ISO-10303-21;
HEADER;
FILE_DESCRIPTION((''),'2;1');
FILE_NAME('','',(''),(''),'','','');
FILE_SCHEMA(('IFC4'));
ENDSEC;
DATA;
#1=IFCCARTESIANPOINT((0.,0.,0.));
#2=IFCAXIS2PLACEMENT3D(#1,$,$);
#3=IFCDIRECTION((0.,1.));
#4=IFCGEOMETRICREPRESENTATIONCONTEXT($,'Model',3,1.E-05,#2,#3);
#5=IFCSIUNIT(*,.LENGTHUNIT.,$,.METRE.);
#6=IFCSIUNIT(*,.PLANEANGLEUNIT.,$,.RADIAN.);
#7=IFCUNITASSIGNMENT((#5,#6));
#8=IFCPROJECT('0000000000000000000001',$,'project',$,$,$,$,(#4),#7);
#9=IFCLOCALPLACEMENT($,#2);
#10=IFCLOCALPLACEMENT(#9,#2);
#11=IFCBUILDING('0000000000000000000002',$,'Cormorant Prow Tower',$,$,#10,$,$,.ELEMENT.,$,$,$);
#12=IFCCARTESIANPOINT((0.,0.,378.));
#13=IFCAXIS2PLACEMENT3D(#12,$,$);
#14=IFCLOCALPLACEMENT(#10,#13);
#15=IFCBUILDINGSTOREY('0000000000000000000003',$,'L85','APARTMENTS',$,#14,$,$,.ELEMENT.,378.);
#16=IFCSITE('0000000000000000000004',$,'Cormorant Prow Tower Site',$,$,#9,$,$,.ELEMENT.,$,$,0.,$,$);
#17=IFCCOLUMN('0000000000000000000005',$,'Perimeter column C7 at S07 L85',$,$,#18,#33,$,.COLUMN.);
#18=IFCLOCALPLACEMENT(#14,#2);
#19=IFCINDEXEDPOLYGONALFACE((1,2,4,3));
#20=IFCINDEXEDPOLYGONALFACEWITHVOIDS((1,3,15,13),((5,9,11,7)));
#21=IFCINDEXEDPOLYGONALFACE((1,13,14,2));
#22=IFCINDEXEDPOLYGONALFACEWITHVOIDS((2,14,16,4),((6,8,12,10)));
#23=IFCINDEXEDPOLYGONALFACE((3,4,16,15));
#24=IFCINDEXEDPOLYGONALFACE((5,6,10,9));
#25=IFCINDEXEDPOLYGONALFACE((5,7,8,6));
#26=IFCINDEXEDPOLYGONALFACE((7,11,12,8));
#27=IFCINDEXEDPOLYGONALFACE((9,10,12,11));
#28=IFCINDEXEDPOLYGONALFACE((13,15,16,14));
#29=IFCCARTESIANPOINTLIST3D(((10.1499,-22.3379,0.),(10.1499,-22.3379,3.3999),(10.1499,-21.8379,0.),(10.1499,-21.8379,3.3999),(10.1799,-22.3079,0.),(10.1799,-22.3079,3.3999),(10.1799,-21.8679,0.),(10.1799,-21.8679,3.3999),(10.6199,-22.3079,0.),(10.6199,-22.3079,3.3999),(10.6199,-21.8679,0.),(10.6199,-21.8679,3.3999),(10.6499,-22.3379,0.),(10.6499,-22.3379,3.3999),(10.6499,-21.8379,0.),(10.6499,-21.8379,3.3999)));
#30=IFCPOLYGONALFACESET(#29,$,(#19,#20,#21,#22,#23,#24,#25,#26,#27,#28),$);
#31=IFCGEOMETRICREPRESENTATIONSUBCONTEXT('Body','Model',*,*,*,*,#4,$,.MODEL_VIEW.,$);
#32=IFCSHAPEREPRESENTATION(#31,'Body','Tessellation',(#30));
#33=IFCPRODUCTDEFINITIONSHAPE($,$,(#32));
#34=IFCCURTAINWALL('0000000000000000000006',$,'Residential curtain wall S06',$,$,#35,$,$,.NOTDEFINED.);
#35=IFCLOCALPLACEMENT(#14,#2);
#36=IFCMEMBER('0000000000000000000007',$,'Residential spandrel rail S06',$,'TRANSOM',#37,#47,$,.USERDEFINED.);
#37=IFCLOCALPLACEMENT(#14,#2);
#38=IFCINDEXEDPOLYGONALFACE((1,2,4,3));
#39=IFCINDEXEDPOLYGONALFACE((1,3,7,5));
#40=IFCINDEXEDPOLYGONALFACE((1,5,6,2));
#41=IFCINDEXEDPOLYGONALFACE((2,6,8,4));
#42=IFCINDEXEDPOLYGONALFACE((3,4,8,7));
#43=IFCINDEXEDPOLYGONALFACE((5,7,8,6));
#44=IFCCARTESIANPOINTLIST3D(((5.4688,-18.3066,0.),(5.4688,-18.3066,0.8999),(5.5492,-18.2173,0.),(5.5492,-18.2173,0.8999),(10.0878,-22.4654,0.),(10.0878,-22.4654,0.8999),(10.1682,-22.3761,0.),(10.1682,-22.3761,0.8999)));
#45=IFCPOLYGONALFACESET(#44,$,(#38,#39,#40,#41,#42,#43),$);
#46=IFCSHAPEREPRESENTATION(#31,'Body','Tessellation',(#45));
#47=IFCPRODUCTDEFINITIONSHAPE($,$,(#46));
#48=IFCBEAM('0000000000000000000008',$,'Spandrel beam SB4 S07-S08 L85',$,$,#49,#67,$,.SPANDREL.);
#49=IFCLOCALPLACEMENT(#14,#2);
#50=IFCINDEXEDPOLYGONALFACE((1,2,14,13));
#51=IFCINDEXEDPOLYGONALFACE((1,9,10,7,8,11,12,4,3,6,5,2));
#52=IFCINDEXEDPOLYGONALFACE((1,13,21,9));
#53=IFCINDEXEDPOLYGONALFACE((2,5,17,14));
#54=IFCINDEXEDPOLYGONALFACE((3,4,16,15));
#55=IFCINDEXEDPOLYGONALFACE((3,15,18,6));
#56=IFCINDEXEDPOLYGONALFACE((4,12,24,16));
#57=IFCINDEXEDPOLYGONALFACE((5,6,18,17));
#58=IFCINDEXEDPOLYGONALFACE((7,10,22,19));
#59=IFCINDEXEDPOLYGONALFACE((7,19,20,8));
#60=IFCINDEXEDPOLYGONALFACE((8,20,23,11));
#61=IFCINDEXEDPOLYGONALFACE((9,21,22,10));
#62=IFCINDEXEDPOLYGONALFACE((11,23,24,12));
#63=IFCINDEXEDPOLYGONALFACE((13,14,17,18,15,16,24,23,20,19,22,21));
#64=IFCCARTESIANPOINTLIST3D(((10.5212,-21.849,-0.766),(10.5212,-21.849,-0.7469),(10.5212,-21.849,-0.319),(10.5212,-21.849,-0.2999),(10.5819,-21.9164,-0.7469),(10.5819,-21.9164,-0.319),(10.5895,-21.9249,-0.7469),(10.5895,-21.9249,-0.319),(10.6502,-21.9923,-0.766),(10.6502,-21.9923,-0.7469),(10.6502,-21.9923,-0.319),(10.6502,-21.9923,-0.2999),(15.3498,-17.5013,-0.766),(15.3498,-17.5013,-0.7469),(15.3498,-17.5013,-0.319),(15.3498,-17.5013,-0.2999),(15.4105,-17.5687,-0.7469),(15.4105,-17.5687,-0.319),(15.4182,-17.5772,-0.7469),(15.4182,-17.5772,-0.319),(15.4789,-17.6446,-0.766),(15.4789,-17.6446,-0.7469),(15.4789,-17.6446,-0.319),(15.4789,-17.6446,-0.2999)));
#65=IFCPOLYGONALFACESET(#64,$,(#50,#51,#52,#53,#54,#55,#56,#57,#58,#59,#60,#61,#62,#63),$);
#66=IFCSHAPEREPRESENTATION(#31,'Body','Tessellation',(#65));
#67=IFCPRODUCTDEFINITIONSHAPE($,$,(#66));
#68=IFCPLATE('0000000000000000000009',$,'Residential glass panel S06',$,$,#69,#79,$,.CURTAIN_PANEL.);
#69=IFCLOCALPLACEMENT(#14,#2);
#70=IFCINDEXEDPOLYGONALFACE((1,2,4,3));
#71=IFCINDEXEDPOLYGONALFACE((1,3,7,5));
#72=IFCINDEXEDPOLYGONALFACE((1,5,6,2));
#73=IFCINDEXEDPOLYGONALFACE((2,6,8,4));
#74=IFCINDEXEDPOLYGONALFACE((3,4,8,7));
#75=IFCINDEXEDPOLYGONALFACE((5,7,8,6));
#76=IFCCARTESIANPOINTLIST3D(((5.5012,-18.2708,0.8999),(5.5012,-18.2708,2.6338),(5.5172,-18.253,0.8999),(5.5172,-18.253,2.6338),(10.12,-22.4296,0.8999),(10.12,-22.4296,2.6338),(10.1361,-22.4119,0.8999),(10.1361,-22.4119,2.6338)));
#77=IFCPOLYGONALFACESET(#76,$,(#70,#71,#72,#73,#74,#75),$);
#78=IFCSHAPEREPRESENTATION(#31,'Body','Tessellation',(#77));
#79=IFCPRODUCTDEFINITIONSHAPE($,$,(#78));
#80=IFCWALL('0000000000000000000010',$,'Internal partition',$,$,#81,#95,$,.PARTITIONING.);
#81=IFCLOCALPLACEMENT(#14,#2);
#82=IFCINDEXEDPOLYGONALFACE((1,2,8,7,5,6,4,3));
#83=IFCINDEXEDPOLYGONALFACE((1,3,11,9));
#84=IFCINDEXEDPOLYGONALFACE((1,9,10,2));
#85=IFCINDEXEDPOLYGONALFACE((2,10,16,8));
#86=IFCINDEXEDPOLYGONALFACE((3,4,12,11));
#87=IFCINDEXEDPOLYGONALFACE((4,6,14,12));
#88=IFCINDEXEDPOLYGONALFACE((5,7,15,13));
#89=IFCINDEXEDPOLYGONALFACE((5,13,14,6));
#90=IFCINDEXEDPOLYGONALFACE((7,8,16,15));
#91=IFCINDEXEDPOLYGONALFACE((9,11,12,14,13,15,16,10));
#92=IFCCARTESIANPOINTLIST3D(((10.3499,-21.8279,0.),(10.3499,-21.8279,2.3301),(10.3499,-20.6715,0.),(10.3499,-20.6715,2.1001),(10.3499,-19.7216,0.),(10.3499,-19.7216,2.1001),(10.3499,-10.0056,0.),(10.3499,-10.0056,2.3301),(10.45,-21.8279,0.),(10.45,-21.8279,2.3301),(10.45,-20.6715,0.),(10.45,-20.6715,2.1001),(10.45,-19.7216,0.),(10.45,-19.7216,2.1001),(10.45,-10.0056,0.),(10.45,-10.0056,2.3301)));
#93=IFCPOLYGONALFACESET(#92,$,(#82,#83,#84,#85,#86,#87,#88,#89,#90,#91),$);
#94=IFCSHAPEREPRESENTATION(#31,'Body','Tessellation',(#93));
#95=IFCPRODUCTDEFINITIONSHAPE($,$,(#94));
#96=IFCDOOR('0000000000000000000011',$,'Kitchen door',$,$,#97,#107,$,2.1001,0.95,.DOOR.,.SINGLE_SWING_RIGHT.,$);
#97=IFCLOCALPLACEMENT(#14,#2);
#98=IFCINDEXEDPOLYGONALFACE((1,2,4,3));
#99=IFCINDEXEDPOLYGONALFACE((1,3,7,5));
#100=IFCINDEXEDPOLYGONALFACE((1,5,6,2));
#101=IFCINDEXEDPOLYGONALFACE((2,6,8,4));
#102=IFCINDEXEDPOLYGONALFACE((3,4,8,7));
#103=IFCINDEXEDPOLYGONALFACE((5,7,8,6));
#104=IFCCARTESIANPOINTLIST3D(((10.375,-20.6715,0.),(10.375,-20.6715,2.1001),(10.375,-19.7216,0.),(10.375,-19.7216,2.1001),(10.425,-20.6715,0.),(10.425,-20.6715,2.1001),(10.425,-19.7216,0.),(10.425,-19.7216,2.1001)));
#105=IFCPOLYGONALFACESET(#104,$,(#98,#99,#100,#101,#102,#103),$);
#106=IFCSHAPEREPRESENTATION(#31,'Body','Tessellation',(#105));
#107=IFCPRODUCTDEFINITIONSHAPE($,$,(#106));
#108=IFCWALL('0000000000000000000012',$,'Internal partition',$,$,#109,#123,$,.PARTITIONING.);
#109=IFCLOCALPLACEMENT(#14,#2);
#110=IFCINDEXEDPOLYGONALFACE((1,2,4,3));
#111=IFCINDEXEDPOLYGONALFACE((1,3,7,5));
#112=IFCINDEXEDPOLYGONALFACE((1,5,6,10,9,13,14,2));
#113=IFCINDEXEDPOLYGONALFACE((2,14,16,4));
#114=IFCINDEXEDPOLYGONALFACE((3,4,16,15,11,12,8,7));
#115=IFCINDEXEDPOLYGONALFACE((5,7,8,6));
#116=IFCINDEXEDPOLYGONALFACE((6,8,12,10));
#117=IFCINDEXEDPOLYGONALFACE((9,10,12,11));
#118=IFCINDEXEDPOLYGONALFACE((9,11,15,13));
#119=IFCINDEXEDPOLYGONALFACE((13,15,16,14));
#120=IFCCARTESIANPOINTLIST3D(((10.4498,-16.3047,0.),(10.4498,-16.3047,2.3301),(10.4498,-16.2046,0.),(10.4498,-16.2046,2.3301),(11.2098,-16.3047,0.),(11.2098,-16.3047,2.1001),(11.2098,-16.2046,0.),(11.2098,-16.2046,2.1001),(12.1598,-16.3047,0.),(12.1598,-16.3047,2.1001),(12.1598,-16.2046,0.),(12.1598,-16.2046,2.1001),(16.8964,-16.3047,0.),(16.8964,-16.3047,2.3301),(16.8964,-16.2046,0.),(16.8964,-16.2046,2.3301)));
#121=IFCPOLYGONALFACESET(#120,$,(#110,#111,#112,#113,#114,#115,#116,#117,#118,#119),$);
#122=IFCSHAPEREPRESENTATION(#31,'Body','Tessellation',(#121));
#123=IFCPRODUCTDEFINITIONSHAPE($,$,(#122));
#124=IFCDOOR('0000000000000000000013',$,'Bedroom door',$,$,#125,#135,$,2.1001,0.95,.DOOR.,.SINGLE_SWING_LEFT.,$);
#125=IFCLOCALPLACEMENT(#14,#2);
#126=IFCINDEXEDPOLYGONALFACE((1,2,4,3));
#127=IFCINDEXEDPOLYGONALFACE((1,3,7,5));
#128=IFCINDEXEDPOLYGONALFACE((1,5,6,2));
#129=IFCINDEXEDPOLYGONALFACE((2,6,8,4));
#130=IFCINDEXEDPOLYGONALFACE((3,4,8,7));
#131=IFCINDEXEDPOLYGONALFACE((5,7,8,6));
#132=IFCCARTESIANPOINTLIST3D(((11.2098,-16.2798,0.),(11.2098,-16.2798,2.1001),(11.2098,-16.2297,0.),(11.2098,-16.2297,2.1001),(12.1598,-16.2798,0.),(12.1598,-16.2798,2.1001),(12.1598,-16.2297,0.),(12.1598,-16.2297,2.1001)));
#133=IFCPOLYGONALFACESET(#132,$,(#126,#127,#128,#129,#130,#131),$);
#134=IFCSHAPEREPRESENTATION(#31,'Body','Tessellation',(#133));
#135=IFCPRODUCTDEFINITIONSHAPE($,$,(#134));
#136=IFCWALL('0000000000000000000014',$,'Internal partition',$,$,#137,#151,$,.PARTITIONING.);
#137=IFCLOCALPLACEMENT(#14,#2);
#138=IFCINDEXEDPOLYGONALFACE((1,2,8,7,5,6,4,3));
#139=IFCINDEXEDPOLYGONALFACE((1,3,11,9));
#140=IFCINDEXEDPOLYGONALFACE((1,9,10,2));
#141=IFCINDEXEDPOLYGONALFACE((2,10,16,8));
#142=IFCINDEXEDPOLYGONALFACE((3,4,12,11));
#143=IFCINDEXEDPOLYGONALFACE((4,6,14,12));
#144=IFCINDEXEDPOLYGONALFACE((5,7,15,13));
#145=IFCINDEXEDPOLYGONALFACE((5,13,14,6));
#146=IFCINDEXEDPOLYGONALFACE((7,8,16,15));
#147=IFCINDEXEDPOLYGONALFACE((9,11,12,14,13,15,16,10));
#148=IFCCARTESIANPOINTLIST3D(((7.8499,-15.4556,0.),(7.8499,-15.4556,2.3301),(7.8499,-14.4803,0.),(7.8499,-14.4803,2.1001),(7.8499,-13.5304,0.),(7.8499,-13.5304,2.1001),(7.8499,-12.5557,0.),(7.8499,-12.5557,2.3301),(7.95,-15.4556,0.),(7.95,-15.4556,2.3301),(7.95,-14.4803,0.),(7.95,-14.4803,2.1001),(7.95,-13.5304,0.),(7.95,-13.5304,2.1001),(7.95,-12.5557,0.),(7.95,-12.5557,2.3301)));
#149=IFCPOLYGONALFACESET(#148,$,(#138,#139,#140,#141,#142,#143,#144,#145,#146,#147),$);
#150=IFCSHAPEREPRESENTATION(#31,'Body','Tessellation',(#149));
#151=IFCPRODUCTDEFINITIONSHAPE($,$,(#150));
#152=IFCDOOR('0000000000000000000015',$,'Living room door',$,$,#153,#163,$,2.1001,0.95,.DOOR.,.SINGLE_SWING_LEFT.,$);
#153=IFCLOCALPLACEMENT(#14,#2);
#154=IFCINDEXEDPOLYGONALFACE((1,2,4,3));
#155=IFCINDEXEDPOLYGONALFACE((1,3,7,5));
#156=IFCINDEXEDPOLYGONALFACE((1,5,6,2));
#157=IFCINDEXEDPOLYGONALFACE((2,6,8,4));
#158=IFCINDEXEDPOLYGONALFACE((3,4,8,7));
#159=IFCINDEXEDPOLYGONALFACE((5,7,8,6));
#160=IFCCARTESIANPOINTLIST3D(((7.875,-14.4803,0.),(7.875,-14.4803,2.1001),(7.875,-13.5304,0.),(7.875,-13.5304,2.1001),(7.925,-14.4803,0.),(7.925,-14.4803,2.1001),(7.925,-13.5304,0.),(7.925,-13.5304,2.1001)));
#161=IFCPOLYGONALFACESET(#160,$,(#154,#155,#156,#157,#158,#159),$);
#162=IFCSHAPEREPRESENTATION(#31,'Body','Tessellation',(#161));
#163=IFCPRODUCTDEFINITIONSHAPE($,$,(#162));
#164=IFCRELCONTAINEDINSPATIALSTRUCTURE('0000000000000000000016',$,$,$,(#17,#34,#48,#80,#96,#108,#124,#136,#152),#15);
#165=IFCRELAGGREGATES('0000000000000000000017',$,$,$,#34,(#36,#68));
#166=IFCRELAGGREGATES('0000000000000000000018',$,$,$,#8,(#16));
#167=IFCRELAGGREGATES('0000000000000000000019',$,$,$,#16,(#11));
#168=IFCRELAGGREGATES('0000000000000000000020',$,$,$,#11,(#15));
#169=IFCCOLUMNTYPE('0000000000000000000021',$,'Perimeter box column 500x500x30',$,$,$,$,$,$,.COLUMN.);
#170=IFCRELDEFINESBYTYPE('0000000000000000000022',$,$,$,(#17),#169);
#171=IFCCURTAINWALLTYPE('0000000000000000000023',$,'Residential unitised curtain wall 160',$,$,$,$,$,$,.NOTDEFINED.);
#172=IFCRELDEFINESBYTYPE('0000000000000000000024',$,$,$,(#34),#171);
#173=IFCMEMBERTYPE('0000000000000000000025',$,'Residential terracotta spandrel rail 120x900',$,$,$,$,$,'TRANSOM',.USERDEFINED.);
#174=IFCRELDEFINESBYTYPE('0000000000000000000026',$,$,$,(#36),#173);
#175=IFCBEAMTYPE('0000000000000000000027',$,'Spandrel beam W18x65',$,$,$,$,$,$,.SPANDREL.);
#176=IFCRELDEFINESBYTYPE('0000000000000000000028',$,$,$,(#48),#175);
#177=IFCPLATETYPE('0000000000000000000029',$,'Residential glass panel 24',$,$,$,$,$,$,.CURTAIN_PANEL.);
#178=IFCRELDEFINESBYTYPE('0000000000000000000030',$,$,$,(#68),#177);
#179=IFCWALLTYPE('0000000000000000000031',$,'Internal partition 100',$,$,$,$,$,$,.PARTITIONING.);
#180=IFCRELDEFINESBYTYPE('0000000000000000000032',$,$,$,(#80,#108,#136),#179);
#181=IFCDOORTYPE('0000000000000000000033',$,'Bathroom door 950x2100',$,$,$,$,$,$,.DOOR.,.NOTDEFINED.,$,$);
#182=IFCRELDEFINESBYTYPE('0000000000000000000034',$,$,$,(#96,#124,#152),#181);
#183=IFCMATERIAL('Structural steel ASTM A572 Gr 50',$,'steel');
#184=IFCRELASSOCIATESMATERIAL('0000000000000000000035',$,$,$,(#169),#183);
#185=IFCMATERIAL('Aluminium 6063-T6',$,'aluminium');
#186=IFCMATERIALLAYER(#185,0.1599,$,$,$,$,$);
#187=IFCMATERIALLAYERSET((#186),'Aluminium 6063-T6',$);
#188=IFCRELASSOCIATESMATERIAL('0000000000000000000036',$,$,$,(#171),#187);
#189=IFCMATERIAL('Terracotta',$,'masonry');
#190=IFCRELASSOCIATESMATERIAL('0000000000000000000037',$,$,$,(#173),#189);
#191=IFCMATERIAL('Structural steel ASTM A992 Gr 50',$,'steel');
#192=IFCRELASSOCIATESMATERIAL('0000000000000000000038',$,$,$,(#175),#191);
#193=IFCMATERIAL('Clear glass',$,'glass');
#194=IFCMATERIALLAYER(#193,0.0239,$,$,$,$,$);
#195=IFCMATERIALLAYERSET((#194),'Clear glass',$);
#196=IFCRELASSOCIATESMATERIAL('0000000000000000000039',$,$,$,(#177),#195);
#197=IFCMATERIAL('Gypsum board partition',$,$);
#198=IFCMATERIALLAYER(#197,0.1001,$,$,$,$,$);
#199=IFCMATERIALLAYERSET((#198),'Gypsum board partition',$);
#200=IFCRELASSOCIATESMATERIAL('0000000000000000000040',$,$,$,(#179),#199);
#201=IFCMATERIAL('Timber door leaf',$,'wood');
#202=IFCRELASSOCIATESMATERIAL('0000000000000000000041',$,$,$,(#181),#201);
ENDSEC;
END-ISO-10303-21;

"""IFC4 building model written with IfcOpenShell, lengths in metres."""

from ifc_helpers import new_model, si_unit, direction, frame, frame_2d, origin, origin_2d, place, context, subcontext, project, spatial, rectangle, hollow_rectangle, i_section, extrude, material, layer, layer_set, material_profile, profile_set, type_object, element, fill, aggregate, save


model = new_model("IFC4")

# Units and contexts
model_context = context("Model", 3, precision=1e-05, world=origin(), true_north=direction((0.0, 1.0)))
body_context = subcontext(model_context, "Body", "Model", "MODEL_VIEW")
ifc_project = project(units=[si_unit("LENGTHUNIT", "METRE"), si_unit("PLANEANGLEUNIT", "RADIAN")], contexts=[model_context])

# Site, building, storey
site_placement = place(None, origin())
site = spatial("IfcSite", under=ifc_project, at=site_placement, Name="Cormorant Prow Tower Site", CompositionType="ELEMENT", RefElevation=0.0)
building_placement = place(site_placement, origin())
building = spatial("IfcBuilding", under=site, at=building_placement, Name="Cormorant Prow Tower", CompositionType="ELEMENT")
storey_placement = place(building_placement, frame((0.0, 0.0, 378.0)))
storey = spatial("IfcBuildingStorey", under=building, at=storey_placement, Name="L85", Description="APARTMENTS", CompositionType="ELEMENT", Elevation=378.0)

# Column
ifc_material_1 = material(Name="Structural steel ASTM A572 Gr 50", Category="steel")
ifc_material_profile_1 = material_profile(ifc_material_1, hollow_rectangle(XDim=0.5, YDim=0.5, WallThickness=0.03, at=origin_2d()), Name="Box 500x500x30")
ifc_profile_set_1 = profile_set([ifc_material_profile_1], Name="Structural steel ASTM A572 Gr 50")
column_type = type_object("IfcColumnType", Name="Perimeter box column 500x500x30", PredefinedType="COLUMN", material=ifc_profile_set_1)
column_placement = place(storey_placement, frame((10.3999, -22.0879, 0.0), z_axis=(0.0, 0.0, 1.0), x_axis=(1.0, 0.0, 0.0)))
element("IfcColumn", 1, at=column_placement, inside=storey, type_object=column_type, Name="Perimeter column C7 at S07 L85", PredefinedType="COLUMN", context=body_context, shape_type="SweptSolid", body=[
    extrude(hollow_rectangle(XDim=0.5, YDim=0.5, WallThickness=0.03, at=origin_2d()), origin(), (0.0, 0.0, 1.0), 3.3999),
])

# Curtain wall, member
ifc_material_2 = material(Name="Aluminium 6063-T6", Category="aluminium")
ifc_layer_1 = layer(ifc_material_2, 0.1599)
ifc_layer_set_1 = layer_set([ifc_layer_1], Name="Aluminium 6063-T6")
curtain_wall_type = type_object("IfcCurtainWallType", Name="Residential unitised curtain wall 160", PredefinedType="NOTDEFINED", material=ifc_layer_set_1)
curtain_wall_placement = place(storey_placement, origin())
curtain_wall = element("IfcCurtainWall", 2, at=curtain_wall_placement, inside=storey, type_object=curtain_wall_type, Name="Residential curtain wall S06", PredefinedType="NOTDEFINED")
ifc_material_3 = material(Name="Terracotta", Category="masonry")
ifc_material_profile_2 = material_profile(ifc_material_3, rectangle(XDim=0.1201, YDim=0.8999, at=origin_2d()), Name="Residential terracotta spandrel rail 120x900")
ifc_profile_set_2 = profile_set([ifc_material_profile_2], Name="Terracotta")
member_type = type_object("IfcMemberType", Name="Residential terracotta spandrel rail 120x900", ElementType="TRANSOM", PredefinedType="USERDEFINED", material=ifc_profile_set_2)
member_placement = place(storey_placement, frame((5.509, -18.262, 0.45), z_axis=(0.743159, -0.669114, 0.0), x_axis=(0.669114, 0.743159, 0.0)))
member = element("IfcMember", 3, at=member_placement, type_object=member_type, Name="Residential spandrel rail S06", ObjectType="TRANSOM", PredefinedType="USERDEFINED", context=body_context, shape_type="SweptSolid", body=[
    extrude(rectangle(XDim=0.1201, YDim=0.8999, at=origin_2d()), origin(), (0.0, 0.0, 1.0), 6.2153),
])

# Beam
ifc_material_4 = material(Name="Structural steel ASTM A992 Gr 50", Category="steel")
ifc_material_profile_3 = material_profile(ifc_material_4, i_section(OverallWidth=0.1929, OverallDepth=0.4661, WebThickness=0.0115, FlangeThickness=0.019, at=origin_2d()), Name="W18x65")
ifc_profile_set_3 = profile_set([ifc_material_profile_3], Name="Structural steel ASTM A992 Gr 50")
beam_type = type_object("IfcBeamType", Name="Spandrel beam W18x65", PredefinedType="SPANDREL", material=ifc_profile_set_3)
beam_placement = place(storey_placement, frame((10.5857, -21.9207, -0.533), z_axis=(0.743148, 0.669127, 0.0), x_axis=(-0.669127, 0.743148, 0.0)))
element("IfcBeam", 4, at=beam_placement, inside=storey, type_object=beam_type, Name="Spandrel beam SB4 S07-S08 L85", PredefinedType="SPANDREL", context=body_context, shape_type="SweptSolid", body=[
    extrude(i_section(OverallWidth=0.1929, OverallDepth=0.4661, WebThickness=0.0115, FlangeThickness=0.019, at=origin_2d()), origin(), (0.0, 0.0, 1.0), 6.4976),
])

# Plate
ifc_material_5 = material(Name="Clear glass", Category="glass")
ifc_layer_2 = layer(ifc_material_5, 0.0239)
ifc_layer_set_2 = layer_set([ifc_layer_2], Name="Clear glass")
plate_type = type_object("IfcPlateType", Name="Residential glass panel 24", PredefinedType="CURTAIN_PANEL", material=ifc_layer_set_2)
plate_placement = place(storey_placement, frame((7.8186, -20.3413, 0.8999), z_axis=(0.0, 0.0, 1.0), x_axis=(0.743145, -0.669131, 0.0)))
plate = element("IfcPlate", 5, at=plate_placement, type_object=plate_type, Name="Residential glass panel S06", PredefinedType="CURTAIN_PANEL", context=body_context, shape_type="SweptSolid", body=[
    extrude(rectangle(XDim=6.2153, YDim=0.0239, at=origin_2d()), origin(), (0.0, 0.0, 1.0), 1.7339),
])
aggregate(curtain_wall, [member, plate])

# Walls, openings, doors
ifc_material_6 = material(Name="Gypsum board partition")
ifc_layer_3 = layer(ifc_material_6, 0.1001)
ifc_layer_set_3 = layer_set([ifc_layer_3], Name="Gypsum board partition")
wall_type_1 = type_object("IfcWallType", Name="Internal partition 100", PredefinedType="PARTITIONING", material=ifc_layer_set_3)
wall_1_placement = place(storey_placement, frame((10.3999, -21.8279, 0.0), z_axis=(0.0, 0.0, 1.0), x_axis=(0.0, 1.0, 0.0)))
wall_1 = element("IfcWall", 6, at=wall_1_placement, inside=storey, type_object=wall_type_1, Name="Internal partition", PredefinedType="PARTITIONING", context=body_context, shape_type="SweptSolid", body=[
    extrude(rectangle(XDim=11.8223, YDim=0.1001, at=frame_2d((5.9111, 0.0))), origin(), (0.0, 0.0, 1.0), 2.3301),
])
opening_1_placement = place(wall_1_placement, frame((1.1562, 0.0, 0.0)))
opening_1 = element("IfcOpeningElement", 7, at=opening_1_placement, cuts=wall_1, PredefinedType="OPENING", context=body_context, shape_type="SweptSolid", body=[
    extrude(rectangle(XDim=0.95, YDim=2.1001, at=frame_2d((0.4751, 1.05))), frame((0.0, 0.0601, 0.0), z_axis=(0.0, -1.0, 0.0), x_axis=(1.0, 0.0, 0.0)), (0.0, 0.0, 1.0), 0.1201),
])
ifc_material_7 = material(Name="Timber door leaf", Category="wood")
door_type_1 = type_object("IfcDoorType", Name="Bathroom door 950x2100", OperationType="NOTDEFINED", PredefinedType="DOOR", material=ifc_material_7)
door_1_placement = place(opening_1_placement, origin())
door_1 = element("IfcDoor", 8, at=door_1_placement, inside=storey, type_object=door_type_1, Name="Kitchen door", OperationType="SINGLE_SWING_RIGHT", OverallHeight=2.1001, OverallWidth=0.95, PredefinedType="DOOR", context=body_context, shape_type="SweptSolid", body=[
    extrude(rectangle(XDim=0.95, YDim=2.1001, at=frame_2d((0.4751, 1.05))), frame((0.0, 0.0249, 0.0), z_axis=(0.0, -1.0, 0.0), x_axis=(1.0, 0.0, 0.0)), (0.0, 0.0, 1.0), 0.05),
])
fill(opening_1, door_1)
wall_2_placement = place(storey_placement, frame((10.45, -16.2546, 0.0), z_axis=(0.0, 0.0, 1.0), x_axis=(1.0, 0.0, 0.0)))
wall_2 = element("IfcWall", 9, at=wall_2_placement, inside=storey, type_object=wall_type_1, Name="Internal partition", PredefinedType="PARTITIONING", context=body_context, shape_type="SweptSolid", body=[
    extrude(rectangle(XDim=6.4465, YDim=0.1001, at=frame_2d((3.2231, 0.0))), origin(), (0.0, 0.0, 1.0), 2.3301),
])
opening_2_placement = place(wall_2_placement, frame((0.7598, 0.0, 0.0)))
opening_2 = element("IfcOpeningElement", 10, at=opening_2_placement, cuts=wall_2, PredefinedType="OPENING", context=body_context, shape_type="SweptSolid", body=[
    extrude(rectangle(XDim=0.95, YDim=2.1001, at=frame_2d((0.4751, 1.05))), frame((0.0, 0.0601, 0.0), z_axis=(0.0, -1.0, 0.0), x_axis=(1.0, 0.0, 0.0)), (0.0, 0.0, 1.0), 0.1201),
])
door_2_placement = place(opening_2_placement, origin())
door_2 = element("IfcDoor", 11, at=door_2_placement, inside=storey, type_object=door_type_1, Name="Bedroom door", OperationType="SINGLE_SWING_LEFT", OverallHeight=2.1001, OverallWidth=0.95, PredefinedType="DOOR", context=body_context, shape_type="SweptSolid", body=[
    extrude(rectangle(XDim=0.95, YDim=2.1001, at=frame_2d((0.4751, 1.05))), frame((0.0, 0.0249, 0.0), z_axis=(0.0, -1.0, 0.0), x_axis=(1.0, 0.0, 0.0)), (0.0, 0.0, 1.0), 0.05),
])
fill(opening_2, door_2)
wall_3_placement = place(storey_placement, frame((7.8999, -15.4556, 0.0), z_axis=(0.0, 0.0, 1.0), x_axis=(0.0, 1.0, 0.0)))
wall_3 = element("IfcWall", 12, at=wall_3_placement, inside=storey, type_object=wall_type_1, Name="Internal partition", PredefinedType="PARTITIONING", context=body_context, shape_type="SweptSolid", body=[
    extrude(rectangle(XDim=2.8999, YDim=0.1001, at=frame_2d((1.45, 0.0))), origin(), (0.0, 0.0, 1.0), 2.3301),
])
opening_3_placement = place(wall_3_placement, frame((0.9751, 0.0, 0.0)))
opening_3 = element("IfcOpeningElement", 13, at=opening_3_placement, cuts=wall_3, PredefinedType="OPENING", context=body_context, shape_type="SweptSolid", body=[
    extrude(rectangle(XDim=0.95, YDim=2.1001, at=frame_2d((0.4751, 1.05))), frame((0.0, 0.0601, 0.0), z_axis=(0.0, -1.0, 0.0), x_axis=(1.0, 0.0, 0.0)), (0.0, 0.0, 1.0), 0.1201),
])
door_3_placement = place(opening_3_placement, origin())
door_3 = element("IfcDoor", 14, at=door_3_placement, inside=storey, type_object=door_type_1, Name="Living room door", OperationType="SINGLE_SWING_LEFT", OverallHeight=2.1001, OverallWidth=0.95, PredefinedType="DOOR", context=body_context, shape_type="SweptSolid", body=[
    extrude(rectangle(XDim=0.95, YDim=2.1001, at=frame_2d((0.4751, 1.05))), frame((0.0, 0.0249, 0.0), z_axis=(0.0, -1.0, 0.0), x_axis=(1.0, 0.0, 0.0)), (0.0, 0.0, 1.0), 0.05),
])
fill(opening_3, door_3)

save(model, "model.ifc")
